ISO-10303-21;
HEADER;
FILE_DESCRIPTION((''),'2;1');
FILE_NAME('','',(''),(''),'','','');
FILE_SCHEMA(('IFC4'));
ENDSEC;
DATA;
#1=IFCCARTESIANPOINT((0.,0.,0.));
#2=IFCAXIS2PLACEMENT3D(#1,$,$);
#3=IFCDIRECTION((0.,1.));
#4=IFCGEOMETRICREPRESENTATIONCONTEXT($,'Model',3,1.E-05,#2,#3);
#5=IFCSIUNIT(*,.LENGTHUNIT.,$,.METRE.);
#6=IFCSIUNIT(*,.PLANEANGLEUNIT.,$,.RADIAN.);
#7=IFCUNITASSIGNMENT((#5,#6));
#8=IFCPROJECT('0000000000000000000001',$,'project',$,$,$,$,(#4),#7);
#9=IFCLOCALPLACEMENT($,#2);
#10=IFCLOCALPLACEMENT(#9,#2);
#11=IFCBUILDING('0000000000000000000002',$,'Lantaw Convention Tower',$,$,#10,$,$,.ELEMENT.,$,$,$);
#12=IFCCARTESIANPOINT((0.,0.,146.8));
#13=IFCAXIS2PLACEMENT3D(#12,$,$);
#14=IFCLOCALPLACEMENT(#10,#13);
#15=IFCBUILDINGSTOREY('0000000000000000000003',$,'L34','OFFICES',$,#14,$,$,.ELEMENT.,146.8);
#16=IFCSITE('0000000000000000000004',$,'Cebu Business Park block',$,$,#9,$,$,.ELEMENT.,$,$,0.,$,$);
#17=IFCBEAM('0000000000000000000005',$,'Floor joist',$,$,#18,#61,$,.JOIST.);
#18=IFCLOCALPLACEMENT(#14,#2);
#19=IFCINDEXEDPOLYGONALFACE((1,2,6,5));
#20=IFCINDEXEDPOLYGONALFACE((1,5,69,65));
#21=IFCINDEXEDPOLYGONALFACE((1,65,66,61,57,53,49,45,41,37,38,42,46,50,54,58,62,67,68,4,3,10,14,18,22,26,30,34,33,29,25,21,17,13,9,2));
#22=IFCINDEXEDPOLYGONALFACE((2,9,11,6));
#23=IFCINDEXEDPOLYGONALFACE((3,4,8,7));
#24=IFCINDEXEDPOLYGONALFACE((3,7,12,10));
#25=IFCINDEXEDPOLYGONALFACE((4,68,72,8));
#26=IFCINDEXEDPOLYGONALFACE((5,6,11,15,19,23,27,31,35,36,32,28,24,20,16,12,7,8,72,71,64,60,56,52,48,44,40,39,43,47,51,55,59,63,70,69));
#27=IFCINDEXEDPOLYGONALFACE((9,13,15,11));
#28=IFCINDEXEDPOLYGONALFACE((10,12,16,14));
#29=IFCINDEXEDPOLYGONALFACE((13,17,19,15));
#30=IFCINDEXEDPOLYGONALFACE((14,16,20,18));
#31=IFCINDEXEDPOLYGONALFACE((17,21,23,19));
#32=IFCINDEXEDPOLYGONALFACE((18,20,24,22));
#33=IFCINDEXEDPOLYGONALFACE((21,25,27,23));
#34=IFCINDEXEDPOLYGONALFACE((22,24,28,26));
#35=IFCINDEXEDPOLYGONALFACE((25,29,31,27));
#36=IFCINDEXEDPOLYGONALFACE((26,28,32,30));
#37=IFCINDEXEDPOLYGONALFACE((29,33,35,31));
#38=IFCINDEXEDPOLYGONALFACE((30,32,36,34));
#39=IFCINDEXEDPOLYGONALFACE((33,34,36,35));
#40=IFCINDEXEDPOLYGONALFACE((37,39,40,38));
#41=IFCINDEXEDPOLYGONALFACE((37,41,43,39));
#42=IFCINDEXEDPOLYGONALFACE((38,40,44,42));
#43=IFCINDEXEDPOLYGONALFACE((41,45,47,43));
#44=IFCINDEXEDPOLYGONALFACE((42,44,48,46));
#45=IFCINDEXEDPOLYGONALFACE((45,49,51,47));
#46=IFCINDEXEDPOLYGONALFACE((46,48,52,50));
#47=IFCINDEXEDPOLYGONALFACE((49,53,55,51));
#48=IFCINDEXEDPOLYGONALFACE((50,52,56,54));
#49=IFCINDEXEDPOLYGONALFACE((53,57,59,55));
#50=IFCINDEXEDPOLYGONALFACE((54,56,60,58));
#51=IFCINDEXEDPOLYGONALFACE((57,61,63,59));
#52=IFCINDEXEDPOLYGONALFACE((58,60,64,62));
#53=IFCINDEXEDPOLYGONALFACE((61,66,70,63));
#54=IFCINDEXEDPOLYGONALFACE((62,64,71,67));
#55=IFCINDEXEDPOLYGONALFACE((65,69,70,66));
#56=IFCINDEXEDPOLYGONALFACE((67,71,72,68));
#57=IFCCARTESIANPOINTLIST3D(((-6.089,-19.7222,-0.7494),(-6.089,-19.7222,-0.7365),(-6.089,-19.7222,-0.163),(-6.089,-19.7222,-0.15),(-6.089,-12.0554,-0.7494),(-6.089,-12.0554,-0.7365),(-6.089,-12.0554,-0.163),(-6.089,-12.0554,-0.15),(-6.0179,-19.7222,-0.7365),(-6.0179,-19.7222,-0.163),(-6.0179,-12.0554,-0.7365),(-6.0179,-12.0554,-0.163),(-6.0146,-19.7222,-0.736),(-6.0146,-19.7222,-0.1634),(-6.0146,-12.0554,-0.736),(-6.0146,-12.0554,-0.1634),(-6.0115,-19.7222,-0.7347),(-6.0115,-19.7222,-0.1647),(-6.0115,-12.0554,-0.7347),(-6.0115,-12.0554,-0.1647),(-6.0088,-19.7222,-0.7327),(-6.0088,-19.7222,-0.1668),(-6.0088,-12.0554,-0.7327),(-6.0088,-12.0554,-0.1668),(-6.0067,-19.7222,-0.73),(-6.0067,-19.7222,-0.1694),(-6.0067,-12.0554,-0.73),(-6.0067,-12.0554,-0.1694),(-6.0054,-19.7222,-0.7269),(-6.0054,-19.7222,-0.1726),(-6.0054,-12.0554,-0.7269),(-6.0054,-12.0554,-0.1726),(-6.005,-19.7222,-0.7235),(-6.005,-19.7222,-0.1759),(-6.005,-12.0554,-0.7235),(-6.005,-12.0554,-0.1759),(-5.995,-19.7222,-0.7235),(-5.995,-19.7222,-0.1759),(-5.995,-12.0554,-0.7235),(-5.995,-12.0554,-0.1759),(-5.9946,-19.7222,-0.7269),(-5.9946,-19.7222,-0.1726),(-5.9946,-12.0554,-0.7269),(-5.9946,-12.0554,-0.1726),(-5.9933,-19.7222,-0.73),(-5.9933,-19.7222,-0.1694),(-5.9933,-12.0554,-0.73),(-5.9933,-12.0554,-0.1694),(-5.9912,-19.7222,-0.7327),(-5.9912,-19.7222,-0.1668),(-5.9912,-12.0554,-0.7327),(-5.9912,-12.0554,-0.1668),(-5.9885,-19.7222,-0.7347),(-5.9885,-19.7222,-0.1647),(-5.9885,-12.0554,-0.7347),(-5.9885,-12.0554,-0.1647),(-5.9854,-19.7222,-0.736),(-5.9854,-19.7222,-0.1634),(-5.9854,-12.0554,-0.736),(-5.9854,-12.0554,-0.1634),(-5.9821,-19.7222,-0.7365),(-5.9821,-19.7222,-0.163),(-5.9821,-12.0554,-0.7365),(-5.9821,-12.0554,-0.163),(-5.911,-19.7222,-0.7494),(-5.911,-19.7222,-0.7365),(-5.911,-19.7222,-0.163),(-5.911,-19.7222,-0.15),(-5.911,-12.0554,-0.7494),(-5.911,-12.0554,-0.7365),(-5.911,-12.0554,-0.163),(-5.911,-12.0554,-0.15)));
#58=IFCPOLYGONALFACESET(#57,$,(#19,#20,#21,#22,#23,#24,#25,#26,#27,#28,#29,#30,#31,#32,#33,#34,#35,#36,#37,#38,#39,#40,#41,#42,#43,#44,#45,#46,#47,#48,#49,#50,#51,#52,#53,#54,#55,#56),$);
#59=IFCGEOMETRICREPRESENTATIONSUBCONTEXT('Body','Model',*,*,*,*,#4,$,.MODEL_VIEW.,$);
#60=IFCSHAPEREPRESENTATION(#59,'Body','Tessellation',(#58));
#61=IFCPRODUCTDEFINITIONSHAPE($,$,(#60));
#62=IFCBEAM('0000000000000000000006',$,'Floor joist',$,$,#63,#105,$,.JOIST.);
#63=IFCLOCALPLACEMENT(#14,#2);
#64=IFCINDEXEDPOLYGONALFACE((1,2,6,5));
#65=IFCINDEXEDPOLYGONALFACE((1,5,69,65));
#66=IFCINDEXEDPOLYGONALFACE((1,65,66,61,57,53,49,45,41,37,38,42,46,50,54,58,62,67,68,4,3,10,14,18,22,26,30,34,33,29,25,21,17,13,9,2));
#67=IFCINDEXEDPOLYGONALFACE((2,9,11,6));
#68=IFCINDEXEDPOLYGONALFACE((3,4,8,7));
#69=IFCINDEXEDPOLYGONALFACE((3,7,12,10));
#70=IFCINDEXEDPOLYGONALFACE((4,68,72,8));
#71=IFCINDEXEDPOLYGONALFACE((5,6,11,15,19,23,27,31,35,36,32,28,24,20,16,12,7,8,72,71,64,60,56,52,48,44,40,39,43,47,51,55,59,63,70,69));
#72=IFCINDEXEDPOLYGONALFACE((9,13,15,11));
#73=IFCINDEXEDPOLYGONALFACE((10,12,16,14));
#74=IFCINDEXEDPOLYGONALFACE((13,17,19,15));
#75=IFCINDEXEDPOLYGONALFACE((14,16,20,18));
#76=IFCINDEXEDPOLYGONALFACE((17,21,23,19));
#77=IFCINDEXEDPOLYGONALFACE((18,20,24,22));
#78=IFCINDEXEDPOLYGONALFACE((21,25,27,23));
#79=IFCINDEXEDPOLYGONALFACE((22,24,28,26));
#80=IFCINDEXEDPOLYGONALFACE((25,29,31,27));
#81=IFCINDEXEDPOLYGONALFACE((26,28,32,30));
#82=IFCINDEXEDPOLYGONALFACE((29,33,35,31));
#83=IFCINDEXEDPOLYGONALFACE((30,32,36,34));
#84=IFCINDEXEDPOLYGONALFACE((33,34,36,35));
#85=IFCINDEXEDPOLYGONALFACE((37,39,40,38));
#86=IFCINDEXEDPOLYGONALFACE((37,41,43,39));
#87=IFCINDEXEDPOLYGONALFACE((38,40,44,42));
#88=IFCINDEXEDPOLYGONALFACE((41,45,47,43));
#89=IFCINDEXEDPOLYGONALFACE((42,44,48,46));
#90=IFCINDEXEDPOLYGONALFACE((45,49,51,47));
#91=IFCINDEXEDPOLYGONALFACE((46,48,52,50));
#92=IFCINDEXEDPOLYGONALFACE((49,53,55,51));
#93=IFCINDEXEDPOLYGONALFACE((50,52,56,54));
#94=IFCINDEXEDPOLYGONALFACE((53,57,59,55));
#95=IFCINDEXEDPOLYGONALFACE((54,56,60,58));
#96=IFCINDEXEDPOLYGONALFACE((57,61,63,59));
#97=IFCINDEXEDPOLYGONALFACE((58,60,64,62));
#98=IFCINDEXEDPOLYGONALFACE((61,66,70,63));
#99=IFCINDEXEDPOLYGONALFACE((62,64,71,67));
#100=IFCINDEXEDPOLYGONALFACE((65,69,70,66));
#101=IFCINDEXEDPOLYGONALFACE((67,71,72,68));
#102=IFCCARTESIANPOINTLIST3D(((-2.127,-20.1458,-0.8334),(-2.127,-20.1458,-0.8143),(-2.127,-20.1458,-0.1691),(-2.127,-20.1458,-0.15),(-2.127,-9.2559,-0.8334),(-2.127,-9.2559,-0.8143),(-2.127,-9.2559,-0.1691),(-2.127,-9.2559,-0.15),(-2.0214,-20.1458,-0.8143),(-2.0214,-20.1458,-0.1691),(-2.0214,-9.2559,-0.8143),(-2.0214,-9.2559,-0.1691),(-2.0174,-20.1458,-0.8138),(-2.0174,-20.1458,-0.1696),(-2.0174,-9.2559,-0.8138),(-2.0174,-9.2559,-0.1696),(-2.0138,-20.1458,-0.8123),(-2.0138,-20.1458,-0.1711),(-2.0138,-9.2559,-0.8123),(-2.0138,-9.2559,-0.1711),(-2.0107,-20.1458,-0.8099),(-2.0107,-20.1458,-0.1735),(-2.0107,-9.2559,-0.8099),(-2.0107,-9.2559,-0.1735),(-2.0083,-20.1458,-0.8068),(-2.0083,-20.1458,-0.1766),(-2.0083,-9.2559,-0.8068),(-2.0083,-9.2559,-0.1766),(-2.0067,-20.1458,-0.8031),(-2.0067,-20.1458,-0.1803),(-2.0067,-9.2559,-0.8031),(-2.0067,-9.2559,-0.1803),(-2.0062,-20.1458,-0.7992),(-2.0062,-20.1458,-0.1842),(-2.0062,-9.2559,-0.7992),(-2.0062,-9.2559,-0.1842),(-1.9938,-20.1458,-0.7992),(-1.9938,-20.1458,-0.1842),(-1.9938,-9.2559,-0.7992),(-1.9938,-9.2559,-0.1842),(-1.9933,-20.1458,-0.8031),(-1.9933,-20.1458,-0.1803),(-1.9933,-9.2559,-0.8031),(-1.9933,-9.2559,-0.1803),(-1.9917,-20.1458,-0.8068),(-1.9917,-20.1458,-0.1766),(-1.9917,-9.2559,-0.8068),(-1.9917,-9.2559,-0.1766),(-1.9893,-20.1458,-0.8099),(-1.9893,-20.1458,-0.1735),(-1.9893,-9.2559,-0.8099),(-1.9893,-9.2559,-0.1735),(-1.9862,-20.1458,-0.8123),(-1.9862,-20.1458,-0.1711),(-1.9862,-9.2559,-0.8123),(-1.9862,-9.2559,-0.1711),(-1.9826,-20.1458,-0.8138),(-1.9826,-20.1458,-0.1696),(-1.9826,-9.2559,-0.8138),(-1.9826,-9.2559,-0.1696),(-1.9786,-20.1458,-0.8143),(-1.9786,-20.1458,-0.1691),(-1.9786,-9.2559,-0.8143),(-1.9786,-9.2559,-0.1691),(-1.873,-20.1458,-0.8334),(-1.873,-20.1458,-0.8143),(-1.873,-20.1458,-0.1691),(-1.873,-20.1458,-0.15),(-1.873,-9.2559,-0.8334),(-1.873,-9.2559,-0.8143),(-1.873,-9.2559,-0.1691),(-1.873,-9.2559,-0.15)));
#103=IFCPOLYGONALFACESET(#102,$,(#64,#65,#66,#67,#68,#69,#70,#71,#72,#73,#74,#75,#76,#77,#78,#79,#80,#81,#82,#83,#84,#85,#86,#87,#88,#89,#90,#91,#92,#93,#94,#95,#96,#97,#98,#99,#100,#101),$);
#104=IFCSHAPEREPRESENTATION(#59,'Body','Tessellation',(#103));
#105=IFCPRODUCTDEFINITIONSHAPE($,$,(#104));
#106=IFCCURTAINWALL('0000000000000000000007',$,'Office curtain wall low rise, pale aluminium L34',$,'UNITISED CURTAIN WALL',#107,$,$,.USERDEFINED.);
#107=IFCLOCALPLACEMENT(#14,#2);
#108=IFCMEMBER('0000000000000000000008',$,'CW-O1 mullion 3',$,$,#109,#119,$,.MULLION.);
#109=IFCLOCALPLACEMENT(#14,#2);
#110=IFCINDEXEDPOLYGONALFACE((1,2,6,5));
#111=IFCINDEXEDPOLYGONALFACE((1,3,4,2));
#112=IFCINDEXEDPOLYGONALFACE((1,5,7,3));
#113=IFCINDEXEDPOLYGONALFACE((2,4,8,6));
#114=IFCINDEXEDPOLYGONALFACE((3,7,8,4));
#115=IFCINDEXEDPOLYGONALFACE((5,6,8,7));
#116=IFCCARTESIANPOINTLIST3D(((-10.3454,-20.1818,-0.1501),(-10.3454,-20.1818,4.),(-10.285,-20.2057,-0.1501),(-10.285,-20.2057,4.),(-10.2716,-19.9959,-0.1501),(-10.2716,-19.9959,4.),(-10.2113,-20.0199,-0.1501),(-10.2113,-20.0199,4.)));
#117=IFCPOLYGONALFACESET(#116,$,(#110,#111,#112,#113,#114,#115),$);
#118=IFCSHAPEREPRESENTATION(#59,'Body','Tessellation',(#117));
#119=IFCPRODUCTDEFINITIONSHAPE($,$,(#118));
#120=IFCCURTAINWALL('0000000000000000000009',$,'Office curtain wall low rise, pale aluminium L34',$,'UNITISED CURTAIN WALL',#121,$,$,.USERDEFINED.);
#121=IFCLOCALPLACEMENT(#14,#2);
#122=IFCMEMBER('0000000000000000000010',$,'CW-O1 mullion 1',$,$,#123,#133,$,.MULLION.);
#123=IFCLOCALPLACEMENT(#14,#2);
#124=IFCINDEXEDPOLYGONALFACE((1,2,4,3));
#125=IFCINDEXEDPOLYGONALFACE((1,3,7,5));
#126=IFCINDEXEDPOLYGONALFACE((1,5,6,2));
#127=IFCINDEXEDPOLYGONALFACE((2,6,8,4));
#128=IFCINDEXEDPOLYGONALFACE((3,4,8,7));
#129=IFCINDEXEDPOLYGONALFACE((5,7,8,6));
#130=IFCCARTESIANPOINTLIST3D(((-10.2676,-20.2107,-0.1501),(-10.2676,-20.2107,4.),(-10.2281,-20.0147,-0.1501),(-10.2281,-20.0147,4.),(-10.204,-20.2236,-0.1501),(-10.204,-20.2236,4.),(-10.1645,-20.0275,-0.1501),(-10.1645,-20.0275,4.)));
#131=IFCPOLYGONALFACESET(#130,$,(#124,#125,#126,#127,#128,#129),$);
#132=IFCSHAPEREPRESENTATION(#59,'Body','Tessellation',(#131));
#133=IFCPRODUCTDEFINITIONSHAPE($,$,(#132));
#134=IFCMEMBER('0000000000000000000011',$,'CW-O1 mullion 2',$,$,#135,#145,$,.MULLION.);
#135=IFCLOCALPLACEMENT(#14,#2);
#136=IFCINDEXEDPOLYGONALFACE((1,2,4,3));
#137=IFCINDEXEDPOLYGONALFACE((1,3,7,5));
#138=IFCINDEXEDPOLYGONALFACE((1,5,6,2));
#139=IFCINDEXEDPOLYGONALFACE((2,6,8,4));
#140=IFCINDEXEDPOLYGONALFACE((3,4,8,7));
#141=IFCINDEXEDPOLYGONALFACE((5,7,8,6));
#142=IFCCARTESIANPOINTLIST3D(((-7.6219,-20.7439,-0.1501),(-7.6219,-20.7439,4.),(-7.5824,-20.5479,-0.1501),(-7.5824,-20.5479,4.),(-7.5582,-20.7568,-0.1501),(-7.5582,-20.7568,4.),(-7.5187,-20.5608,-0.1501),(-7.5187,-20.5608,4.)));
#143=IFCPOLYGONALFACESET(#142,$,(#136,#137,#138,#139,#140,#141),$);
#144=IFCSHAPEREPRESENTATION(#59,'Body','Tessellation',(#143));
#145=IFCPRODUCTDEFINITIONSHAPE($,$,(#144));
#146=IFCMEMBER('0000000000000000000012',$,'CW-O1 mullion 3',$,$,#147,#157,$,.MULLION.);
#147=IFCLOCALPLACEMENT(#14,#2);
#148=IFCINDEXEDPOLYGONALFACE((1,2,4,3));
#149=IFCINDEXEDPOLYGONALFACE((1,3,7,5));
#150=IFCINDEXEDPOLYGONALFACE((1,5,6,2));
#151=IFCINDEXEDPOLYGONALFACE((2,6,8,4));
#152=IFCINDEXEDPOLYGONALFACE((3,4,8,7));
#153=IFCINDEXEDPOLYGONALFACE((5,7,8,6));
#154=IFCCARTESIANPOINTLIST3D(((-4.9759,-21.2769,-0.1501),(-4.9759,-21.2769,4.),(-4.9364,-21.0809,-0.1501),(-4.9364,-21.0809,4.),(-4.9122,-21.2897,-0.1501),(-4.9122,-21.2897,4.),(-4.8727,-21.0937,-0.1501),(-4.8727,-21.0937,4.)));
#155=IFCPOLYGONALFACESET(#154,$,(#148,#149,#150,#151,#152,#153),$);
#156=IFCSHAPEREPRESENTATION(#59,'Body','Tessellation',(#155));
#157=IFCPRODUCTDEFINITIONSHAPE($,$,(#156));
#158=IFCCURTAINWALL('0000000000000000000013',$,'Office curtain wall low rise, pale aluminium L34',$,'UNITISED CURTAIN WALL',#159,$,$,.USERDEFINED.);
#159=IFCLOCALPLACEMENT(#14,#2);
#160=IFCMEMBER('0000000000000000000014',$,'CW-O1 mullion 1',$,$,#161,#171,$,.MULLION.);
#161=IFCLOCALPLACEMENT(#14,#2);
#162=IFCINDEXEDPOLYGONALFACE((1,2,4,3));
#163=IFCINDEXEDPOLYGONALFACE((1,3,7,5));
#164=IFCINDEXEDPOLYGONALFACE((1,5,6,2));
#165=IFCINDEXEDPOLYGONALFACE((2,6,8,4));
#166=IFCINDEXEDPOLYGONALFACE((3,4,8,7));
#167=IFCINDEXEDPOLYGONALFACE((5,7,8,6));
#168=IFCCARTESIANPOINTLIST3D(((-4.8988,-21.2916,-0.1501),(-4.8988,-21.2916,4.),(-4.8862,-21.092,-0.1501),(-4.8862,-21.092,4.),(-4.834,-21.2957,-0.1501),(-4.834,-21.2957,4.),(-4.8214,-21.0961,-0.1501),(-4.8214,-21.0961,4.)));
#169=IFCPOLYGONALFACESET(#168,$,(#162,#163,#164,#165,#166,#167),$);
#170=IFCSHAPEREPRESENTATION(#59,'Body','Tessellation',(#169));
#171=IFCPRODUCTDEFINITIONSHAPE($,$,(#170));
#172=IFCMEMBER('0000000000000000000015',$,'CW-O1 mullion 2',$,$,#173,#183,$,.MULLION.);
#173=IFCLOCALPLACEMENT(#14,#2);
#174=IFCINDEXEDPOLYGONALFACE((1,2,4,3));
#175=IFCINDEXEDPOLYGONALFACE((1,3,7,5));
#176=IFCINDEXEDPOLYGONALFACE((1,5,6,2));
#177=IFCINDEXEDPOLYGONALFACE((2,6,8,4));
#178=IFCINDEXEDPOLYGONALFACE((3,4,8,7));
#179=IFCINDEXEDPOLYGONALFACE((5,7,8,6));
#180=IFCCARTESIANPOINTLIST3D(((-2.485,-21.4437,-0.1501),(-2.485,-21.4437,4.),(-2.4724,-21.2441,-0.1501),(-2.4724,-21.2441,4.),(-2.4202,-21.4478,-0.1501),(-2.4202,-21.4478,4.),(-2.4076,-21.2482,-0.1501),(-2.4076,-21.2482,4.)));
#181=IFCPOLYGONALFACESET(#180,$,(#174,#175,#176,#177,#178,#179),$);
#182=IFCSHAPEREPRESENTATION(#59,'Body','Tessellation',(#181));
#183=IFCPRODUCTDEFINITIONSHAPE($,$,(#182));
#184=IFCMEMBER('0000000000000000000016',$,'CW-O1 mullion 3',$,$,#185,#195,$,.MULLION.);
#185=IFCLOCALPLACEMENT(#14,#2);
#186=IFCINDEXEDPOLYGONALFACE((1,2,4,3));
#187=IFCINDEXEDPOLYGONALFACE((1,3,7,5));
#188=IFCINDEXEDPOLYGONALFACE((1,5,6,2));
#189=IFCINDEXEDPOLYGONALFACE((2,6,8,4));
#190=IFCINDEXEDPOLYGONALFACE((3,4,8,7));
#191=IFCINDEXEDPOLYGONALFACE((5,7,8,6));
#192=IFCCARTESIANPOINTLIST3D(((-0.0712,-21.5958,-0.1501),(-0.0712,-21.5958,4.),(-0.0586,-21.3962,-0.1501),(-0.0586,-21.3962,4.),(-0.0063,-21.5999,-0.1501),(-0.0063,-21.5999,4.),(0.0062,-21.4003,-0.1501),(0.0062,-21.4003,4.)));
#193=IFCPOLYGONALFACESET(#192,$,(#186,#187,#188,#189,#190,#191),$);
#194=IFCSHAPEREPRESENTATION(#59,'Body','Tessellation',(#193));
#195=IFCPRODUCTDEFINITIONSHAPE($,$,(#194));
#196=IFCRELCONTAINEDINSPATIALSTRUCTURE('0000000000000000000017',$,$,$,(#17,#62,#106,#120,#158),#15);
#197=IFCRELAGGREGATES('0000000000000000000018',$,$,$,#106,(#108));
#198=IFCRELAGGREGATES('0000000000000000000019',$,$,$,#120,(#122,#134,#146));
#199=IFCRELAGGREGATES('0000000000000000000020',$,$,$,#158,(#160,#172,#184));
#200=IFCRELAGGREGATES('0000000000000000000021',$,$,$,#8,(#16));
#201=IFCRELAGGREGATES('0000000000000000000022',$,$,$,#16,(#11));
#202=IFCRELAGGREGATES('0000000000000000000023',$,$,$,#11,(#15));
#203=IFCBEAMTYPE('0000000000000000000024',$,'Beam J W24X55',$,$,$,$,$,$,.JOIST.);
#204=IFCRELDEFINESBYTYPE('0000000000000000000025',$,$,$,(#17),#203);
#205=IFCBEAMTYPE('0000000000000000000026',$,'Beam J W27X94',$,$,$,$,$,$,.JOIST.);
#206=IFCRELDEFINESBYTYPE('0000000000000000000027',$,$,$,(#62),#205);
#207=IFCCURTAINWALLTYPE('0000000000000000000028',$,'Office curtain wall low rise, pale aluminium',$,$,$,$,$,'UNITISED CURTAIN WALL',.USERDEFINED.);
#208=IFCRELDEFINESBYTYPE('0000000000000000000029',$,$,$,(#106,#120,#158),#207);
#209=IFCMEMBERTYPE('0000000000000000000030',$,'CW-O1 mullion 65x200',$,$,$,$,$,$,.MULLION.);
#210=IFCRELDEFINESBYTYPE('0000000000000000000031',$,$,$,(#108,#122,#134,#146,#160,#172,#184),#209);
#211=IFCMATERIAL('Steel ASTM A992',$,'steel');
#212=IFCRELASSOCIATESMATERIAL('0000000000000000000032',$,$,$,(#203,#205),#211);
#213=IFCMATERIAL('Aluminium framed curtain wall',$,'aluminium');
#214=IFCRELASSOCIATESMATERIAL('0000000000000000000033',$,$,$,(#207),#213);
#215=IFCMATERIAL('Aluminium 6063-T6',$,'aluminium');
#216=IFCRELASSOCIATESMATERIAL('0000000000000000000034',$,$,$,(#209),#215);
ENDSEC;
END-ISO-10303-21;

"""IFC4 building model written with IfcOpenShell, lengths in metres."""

from ifc_helpers import new_model, si_unit, direction, frame, origin, origin_2d, place, context, subcontext, project, spatial, rectangle, i_section, extrude, material, material_profile, profile_set, type_object, element, aggregate, save


model = new_model("IFC4")

# Units and contexts
model_context = context("Model", 3, precision=1e-05, world=origin(), true_north=direction((0.0, 1.0)))
body_context = subcontext(model_context, "Body", "Model", "MODEL_VIEW")
ifc_project = project(units=[si_unit("LENGTHUNIT", "METRE"), si_unit("PLANEANGLEUNIT", "RADIAN")], contexts=[model_context])

# Site, building, storey
site_placement = place(None, origin())
site = spatial("IfcSite", under=ifc_project, at=site_placement, Name="Cebu Business Park block", CompositionType="ELEMENT", RefElevation=0.0)
building_placement = place(site_placement, origin())
building = spatial("IfcBuilding", under=site, at=building_placement, Name="Lantaw Convention Tower", CompositionType="ELEMENT")
storey_placement = place(building_placement, frame((0.0, 0.0, 146.8)))
storey = spatial("IfcBuildingStorey", under=building, at=storey_placement, Name="L34", Description="OFFICES", CompositionType="ELEMENT", Elevation=146.8)

# Beams
ifc_material_1 = material(Name="Steel ASTM A992", Category="steel")
ifc_material_profile_1 = material_profile(ifc_material_1, i_section(OverallWidth=0.178, OverallDepth=0.5994, WebThickness=0.01, FlangeThickness=0.0129, FilletRadius=0.0129, at=origin_2d()), Name="W24X55")
ifc_profile_set_1 = profile_set([ifc_material_profile_1], Name="Steel ASTM A992")
beam_type_1 = type_object("IfcBeamType", Name="Beam J W24X55", PredefinedType="JOIST", material=ifc_profile_set_1)
beam_1_placement = place(storey_placement, frame((-6.0, -19.7222, -0.4497), z_axis=(0.0, 1.0, 0.0), x_axis=(-1.0, 0.0, 0.0)))
element("IfcBeam", 1, at=beam_1_placement, inside=storey, type_object=beam_type_1, Name="Floor joist", PredefinedType="JOIST", context=body_context, shape_type="SweptSolid", body=[
    extrude(i_section(OverallWidth=0.178, OverallDepth=0.5994, WebThickness=0.01, FlangeThickness=0.0129, FilletRadius=0.0129, at=origin_2d()), origin(), (0.0, 0.0, 1.0), 7.6667),
])
ifc_material_profile_2 = material_profile(ifc_material_1, i_section(OverallWidth=0.2539, OverallDepth=0.6833, WebThickness=0.0125, FlangeThickness=0.019, FilletRadius=0.0151, at=origin_2d()), Name="W27X94")
ifc_profile_set_2 = profile_set([ifc_material_profile_2], Name="Steel ASTM A992")
beam_type_2 = type_object("IfcBeamType", Name="Beam J W27X94", PredefinedType="JOIST", material=ifc_profile_set_2)
beam_2_placement = place(storey_placement, frame((-2.0, -20.1458, -0.4917), z_axis=(0.0, 1.0, 0.0), x_axis=(-1.0, 0.0, 0.0)))
element("IfcBeam", 2, at=beam_2_placement, inside=storey, type_object=beam_type_2, Name="Floor joist", PredefinedType="JOIST", context=body_context, shape_type="SweptSolid", body=[
    extrude(i_section(OverallWidth=0.2539, OverallDepth=0.6833, WebThickness=0.0125, FlangeThickness=0.019, FilletRadius=0.0151, at=origin_2d()), origin(), (0.0, 0.0, 1.0), 10.8899),
])

# Curtain wall, member
ifc_material_2 = material(Name="Aluminium framed curtain wall", Category="aluminium")
curtain_wall_type = type_object("IfcCurtainWallType", Name="Office curtain wall low rise, pale aluminium", ElementType="UNITISED CURTAIN WALL", PredefinedType="USERDEFINED", material=ifc_material_2)
curtain_wall_1_placement = place(storey_placement, origin())
curtain_wall_1 = element("IfcCurtainWall", 3, at=curtain_wall_1_placement, inside=storey, type_object=curtain_wall_type, Name="Office curtain wall low rise, pale aluminium L34", ObjectType="UNITISED CURTAIN WALL", PredefinedType="USERDEFINED")
ifc_material_3 = material(Name="Aluminium 6063-T6", Category="aluminium")
ifc_material_profile_3 = material_profile(ifc_material_3, rectangle(XDim=0.2, YDim=0.0649, at=origin_2d()), Name="CW-O1 mullion 65x200")
ifc_profile_set_3 = profile_set([ifc_material_profile_3], Name="Aluminium 6063-T6")
member_type_1 = type_object("IfcMemberType", Name="CW-O1 mullion 65x200", PredefinedType="MULLION", material=ifc_profile_set_3)
member_1_placement = place(storey_placement, frame((-10.2783, -20.1008, -0.1501), z_axis=(0.0, 0.0, 1.0), x_axis=(0.368702, 0.929548, 0.0)))
member_1 = element("IfcMember", 4, at=member_1_placement, type_object=member_type_1, Name="CW-O1 mullion 3", PredefinedType="MULLION", context=body_context, shape_type="SweptSolid", body=[
    extrude(rectangle(XDim=0.2, YDim=0.0649, at=origin_2d()), origin(), (0.0, 0.0, 1.0), 4.1501),
])

# Curtain walls, members
curtain_wall_2_placement = place(storey_placement, origin())
curtain_wall_2 = element("IfcCurtainWall", 5, at=curtain_wall_2_placement, inside=storey, type_object=curtain_wall_type, Name="Office curtain wall low rise, pale aluminium L34", ObjectType="UNITISED CURTAIN WALL", PredefinedType="USERDEFINED")
member_2_placement = place(storey_placement, frame((-10.2161, -20.1191, -0.1501), z_axis=(0.0, 0.0, 1.0), x_axis=(0.197507, 0.980302, 0.0)))
member_2 = element("IfcMember", 6, at=member_2_placement, type_object=member_type_1, Name="CW-O1 mullion 1", PredefinedType="MULLION", context=body_context, shape_type="SweptSolid", body=[
    extrude(rectangle(XDim=0.2, YDim=0.0649, at=origin_2d()), origin(), (0.0, 0.0, 1.0), 4.1501),
])
member_3_placement = place(storey_placement, frame((-7.5703, -20.6523, -0.1501), z_axis=(0.0, 0.0, 1.0), x_axis=(0.197507, 0.980302, 0.0)))
member_3 = element("IfcMember", 7, at=member_3_placement, type_object=member_type_1, Name="CW-O1 mullion 2", PredefinedType="MULLION", context=body_context, shape_type="SweptSolid", body=[
    extrude(rectangle(XDim=0.2, YDim=0.0649, at=origin_2d()), origin(), (0.0, 0.0, 1.0), 4.1501),
])
member_4_placement = place(storey_placement, frame((-4.9243, -21.1853, -0.1501), z_axis=(0.0, 0.0, 1.0), x_axis=(0.197507, 0.980302, 0.0)))
member_4 = element("IfcMember", 8, at=member_4_placement, type_object=member_type_1, Name="CW-O1 mullion 3", PredefinedType="MULLION", context=body_context, shape_type="SweptSolid", body=[
    extrude(rectangle(XDim=0.2, YDim=0.0649, at=origin_2d()), origin(), (0.0, 0.0, 1.0), 4.1501),
])
curtain_wall_3_placement = place(storey_placement, origin())
curtain_wall_3 = element("IfcCurtainWall", 9, at=curtain_wall_3_placement, inside=storey, type_object=curtain_wall_type, Name="Office curtain wall low rise, pale aluminium L34", ObjectType="UNITISED CURTAIN WALL", PredefinedType="USERDEFINED")
member_5_placement = place(storey_placement, frame((-4.8601, -21.1938, -0.1501), z_axis=(0.0, 0.0, 1.0), x_axis=(0.062865, 0.998022, 0.0)))
member_5 = element("IfcMember", 10, at=member_5_placement, type_object=member_type_1, Name="CW-O1 mullion 1", PredefinedType="MULLION", context=body_context, shape_type="SweptSolid", body=[
    extrude(rectangle(XDim=0.2, YDim=0.0649, at=origin_2d()), origin(), (0.0, 0.0, 1.0), 4.1501),
])
member_6_placement = place(storey_placement, frame((-2.4463, -21.3459, -0.1501), z_axis=(0.0, 0.0, 1.0), x_axis=(0.062865, 0.998022, 0.0)))
member_6 = element("IfcMember", 11, at=member_6_placement, type_object=member_type_1, Name="CW-O1 mullion 2", PredefinedType="MULLION", context=body_context, shape_type="SweptSolid", body=[
    extrude(rectangle(XDim=0.2, YDim=0.0649, at=origin_2d()), origin(), (0.0, 0.0, 1.0), 4.1501),
])
member_7_placement = place(storey_placement, frame((-0.0325, -21.498, -0.1501), z_axis=(0.0, 0.0, 1.0), x_axis=(0.062865, 0.998022, 0.0)))
member_7 = element("IfcMember", 12, at=member_7_placement, type_object=member_type_1, Name="CW-O1 mullion 3", PredefinedType="MULLION", context=body_context, shape_type="SweptSolid", body=[
    extrude(rectangle(XDim=0.2, YDim=0.0649, at=origin_2d()), origin(), (0.0, 0.0, 1.0), 4.1501),
])

aggregate(curtain_wall_1, [member_1])
aggregate(curtain_wall_2, [member_2, member_3, member_4])
aggregate(curtain_wall_3, [member_5, member_6, member_7])

save(model, "model.ifc")
